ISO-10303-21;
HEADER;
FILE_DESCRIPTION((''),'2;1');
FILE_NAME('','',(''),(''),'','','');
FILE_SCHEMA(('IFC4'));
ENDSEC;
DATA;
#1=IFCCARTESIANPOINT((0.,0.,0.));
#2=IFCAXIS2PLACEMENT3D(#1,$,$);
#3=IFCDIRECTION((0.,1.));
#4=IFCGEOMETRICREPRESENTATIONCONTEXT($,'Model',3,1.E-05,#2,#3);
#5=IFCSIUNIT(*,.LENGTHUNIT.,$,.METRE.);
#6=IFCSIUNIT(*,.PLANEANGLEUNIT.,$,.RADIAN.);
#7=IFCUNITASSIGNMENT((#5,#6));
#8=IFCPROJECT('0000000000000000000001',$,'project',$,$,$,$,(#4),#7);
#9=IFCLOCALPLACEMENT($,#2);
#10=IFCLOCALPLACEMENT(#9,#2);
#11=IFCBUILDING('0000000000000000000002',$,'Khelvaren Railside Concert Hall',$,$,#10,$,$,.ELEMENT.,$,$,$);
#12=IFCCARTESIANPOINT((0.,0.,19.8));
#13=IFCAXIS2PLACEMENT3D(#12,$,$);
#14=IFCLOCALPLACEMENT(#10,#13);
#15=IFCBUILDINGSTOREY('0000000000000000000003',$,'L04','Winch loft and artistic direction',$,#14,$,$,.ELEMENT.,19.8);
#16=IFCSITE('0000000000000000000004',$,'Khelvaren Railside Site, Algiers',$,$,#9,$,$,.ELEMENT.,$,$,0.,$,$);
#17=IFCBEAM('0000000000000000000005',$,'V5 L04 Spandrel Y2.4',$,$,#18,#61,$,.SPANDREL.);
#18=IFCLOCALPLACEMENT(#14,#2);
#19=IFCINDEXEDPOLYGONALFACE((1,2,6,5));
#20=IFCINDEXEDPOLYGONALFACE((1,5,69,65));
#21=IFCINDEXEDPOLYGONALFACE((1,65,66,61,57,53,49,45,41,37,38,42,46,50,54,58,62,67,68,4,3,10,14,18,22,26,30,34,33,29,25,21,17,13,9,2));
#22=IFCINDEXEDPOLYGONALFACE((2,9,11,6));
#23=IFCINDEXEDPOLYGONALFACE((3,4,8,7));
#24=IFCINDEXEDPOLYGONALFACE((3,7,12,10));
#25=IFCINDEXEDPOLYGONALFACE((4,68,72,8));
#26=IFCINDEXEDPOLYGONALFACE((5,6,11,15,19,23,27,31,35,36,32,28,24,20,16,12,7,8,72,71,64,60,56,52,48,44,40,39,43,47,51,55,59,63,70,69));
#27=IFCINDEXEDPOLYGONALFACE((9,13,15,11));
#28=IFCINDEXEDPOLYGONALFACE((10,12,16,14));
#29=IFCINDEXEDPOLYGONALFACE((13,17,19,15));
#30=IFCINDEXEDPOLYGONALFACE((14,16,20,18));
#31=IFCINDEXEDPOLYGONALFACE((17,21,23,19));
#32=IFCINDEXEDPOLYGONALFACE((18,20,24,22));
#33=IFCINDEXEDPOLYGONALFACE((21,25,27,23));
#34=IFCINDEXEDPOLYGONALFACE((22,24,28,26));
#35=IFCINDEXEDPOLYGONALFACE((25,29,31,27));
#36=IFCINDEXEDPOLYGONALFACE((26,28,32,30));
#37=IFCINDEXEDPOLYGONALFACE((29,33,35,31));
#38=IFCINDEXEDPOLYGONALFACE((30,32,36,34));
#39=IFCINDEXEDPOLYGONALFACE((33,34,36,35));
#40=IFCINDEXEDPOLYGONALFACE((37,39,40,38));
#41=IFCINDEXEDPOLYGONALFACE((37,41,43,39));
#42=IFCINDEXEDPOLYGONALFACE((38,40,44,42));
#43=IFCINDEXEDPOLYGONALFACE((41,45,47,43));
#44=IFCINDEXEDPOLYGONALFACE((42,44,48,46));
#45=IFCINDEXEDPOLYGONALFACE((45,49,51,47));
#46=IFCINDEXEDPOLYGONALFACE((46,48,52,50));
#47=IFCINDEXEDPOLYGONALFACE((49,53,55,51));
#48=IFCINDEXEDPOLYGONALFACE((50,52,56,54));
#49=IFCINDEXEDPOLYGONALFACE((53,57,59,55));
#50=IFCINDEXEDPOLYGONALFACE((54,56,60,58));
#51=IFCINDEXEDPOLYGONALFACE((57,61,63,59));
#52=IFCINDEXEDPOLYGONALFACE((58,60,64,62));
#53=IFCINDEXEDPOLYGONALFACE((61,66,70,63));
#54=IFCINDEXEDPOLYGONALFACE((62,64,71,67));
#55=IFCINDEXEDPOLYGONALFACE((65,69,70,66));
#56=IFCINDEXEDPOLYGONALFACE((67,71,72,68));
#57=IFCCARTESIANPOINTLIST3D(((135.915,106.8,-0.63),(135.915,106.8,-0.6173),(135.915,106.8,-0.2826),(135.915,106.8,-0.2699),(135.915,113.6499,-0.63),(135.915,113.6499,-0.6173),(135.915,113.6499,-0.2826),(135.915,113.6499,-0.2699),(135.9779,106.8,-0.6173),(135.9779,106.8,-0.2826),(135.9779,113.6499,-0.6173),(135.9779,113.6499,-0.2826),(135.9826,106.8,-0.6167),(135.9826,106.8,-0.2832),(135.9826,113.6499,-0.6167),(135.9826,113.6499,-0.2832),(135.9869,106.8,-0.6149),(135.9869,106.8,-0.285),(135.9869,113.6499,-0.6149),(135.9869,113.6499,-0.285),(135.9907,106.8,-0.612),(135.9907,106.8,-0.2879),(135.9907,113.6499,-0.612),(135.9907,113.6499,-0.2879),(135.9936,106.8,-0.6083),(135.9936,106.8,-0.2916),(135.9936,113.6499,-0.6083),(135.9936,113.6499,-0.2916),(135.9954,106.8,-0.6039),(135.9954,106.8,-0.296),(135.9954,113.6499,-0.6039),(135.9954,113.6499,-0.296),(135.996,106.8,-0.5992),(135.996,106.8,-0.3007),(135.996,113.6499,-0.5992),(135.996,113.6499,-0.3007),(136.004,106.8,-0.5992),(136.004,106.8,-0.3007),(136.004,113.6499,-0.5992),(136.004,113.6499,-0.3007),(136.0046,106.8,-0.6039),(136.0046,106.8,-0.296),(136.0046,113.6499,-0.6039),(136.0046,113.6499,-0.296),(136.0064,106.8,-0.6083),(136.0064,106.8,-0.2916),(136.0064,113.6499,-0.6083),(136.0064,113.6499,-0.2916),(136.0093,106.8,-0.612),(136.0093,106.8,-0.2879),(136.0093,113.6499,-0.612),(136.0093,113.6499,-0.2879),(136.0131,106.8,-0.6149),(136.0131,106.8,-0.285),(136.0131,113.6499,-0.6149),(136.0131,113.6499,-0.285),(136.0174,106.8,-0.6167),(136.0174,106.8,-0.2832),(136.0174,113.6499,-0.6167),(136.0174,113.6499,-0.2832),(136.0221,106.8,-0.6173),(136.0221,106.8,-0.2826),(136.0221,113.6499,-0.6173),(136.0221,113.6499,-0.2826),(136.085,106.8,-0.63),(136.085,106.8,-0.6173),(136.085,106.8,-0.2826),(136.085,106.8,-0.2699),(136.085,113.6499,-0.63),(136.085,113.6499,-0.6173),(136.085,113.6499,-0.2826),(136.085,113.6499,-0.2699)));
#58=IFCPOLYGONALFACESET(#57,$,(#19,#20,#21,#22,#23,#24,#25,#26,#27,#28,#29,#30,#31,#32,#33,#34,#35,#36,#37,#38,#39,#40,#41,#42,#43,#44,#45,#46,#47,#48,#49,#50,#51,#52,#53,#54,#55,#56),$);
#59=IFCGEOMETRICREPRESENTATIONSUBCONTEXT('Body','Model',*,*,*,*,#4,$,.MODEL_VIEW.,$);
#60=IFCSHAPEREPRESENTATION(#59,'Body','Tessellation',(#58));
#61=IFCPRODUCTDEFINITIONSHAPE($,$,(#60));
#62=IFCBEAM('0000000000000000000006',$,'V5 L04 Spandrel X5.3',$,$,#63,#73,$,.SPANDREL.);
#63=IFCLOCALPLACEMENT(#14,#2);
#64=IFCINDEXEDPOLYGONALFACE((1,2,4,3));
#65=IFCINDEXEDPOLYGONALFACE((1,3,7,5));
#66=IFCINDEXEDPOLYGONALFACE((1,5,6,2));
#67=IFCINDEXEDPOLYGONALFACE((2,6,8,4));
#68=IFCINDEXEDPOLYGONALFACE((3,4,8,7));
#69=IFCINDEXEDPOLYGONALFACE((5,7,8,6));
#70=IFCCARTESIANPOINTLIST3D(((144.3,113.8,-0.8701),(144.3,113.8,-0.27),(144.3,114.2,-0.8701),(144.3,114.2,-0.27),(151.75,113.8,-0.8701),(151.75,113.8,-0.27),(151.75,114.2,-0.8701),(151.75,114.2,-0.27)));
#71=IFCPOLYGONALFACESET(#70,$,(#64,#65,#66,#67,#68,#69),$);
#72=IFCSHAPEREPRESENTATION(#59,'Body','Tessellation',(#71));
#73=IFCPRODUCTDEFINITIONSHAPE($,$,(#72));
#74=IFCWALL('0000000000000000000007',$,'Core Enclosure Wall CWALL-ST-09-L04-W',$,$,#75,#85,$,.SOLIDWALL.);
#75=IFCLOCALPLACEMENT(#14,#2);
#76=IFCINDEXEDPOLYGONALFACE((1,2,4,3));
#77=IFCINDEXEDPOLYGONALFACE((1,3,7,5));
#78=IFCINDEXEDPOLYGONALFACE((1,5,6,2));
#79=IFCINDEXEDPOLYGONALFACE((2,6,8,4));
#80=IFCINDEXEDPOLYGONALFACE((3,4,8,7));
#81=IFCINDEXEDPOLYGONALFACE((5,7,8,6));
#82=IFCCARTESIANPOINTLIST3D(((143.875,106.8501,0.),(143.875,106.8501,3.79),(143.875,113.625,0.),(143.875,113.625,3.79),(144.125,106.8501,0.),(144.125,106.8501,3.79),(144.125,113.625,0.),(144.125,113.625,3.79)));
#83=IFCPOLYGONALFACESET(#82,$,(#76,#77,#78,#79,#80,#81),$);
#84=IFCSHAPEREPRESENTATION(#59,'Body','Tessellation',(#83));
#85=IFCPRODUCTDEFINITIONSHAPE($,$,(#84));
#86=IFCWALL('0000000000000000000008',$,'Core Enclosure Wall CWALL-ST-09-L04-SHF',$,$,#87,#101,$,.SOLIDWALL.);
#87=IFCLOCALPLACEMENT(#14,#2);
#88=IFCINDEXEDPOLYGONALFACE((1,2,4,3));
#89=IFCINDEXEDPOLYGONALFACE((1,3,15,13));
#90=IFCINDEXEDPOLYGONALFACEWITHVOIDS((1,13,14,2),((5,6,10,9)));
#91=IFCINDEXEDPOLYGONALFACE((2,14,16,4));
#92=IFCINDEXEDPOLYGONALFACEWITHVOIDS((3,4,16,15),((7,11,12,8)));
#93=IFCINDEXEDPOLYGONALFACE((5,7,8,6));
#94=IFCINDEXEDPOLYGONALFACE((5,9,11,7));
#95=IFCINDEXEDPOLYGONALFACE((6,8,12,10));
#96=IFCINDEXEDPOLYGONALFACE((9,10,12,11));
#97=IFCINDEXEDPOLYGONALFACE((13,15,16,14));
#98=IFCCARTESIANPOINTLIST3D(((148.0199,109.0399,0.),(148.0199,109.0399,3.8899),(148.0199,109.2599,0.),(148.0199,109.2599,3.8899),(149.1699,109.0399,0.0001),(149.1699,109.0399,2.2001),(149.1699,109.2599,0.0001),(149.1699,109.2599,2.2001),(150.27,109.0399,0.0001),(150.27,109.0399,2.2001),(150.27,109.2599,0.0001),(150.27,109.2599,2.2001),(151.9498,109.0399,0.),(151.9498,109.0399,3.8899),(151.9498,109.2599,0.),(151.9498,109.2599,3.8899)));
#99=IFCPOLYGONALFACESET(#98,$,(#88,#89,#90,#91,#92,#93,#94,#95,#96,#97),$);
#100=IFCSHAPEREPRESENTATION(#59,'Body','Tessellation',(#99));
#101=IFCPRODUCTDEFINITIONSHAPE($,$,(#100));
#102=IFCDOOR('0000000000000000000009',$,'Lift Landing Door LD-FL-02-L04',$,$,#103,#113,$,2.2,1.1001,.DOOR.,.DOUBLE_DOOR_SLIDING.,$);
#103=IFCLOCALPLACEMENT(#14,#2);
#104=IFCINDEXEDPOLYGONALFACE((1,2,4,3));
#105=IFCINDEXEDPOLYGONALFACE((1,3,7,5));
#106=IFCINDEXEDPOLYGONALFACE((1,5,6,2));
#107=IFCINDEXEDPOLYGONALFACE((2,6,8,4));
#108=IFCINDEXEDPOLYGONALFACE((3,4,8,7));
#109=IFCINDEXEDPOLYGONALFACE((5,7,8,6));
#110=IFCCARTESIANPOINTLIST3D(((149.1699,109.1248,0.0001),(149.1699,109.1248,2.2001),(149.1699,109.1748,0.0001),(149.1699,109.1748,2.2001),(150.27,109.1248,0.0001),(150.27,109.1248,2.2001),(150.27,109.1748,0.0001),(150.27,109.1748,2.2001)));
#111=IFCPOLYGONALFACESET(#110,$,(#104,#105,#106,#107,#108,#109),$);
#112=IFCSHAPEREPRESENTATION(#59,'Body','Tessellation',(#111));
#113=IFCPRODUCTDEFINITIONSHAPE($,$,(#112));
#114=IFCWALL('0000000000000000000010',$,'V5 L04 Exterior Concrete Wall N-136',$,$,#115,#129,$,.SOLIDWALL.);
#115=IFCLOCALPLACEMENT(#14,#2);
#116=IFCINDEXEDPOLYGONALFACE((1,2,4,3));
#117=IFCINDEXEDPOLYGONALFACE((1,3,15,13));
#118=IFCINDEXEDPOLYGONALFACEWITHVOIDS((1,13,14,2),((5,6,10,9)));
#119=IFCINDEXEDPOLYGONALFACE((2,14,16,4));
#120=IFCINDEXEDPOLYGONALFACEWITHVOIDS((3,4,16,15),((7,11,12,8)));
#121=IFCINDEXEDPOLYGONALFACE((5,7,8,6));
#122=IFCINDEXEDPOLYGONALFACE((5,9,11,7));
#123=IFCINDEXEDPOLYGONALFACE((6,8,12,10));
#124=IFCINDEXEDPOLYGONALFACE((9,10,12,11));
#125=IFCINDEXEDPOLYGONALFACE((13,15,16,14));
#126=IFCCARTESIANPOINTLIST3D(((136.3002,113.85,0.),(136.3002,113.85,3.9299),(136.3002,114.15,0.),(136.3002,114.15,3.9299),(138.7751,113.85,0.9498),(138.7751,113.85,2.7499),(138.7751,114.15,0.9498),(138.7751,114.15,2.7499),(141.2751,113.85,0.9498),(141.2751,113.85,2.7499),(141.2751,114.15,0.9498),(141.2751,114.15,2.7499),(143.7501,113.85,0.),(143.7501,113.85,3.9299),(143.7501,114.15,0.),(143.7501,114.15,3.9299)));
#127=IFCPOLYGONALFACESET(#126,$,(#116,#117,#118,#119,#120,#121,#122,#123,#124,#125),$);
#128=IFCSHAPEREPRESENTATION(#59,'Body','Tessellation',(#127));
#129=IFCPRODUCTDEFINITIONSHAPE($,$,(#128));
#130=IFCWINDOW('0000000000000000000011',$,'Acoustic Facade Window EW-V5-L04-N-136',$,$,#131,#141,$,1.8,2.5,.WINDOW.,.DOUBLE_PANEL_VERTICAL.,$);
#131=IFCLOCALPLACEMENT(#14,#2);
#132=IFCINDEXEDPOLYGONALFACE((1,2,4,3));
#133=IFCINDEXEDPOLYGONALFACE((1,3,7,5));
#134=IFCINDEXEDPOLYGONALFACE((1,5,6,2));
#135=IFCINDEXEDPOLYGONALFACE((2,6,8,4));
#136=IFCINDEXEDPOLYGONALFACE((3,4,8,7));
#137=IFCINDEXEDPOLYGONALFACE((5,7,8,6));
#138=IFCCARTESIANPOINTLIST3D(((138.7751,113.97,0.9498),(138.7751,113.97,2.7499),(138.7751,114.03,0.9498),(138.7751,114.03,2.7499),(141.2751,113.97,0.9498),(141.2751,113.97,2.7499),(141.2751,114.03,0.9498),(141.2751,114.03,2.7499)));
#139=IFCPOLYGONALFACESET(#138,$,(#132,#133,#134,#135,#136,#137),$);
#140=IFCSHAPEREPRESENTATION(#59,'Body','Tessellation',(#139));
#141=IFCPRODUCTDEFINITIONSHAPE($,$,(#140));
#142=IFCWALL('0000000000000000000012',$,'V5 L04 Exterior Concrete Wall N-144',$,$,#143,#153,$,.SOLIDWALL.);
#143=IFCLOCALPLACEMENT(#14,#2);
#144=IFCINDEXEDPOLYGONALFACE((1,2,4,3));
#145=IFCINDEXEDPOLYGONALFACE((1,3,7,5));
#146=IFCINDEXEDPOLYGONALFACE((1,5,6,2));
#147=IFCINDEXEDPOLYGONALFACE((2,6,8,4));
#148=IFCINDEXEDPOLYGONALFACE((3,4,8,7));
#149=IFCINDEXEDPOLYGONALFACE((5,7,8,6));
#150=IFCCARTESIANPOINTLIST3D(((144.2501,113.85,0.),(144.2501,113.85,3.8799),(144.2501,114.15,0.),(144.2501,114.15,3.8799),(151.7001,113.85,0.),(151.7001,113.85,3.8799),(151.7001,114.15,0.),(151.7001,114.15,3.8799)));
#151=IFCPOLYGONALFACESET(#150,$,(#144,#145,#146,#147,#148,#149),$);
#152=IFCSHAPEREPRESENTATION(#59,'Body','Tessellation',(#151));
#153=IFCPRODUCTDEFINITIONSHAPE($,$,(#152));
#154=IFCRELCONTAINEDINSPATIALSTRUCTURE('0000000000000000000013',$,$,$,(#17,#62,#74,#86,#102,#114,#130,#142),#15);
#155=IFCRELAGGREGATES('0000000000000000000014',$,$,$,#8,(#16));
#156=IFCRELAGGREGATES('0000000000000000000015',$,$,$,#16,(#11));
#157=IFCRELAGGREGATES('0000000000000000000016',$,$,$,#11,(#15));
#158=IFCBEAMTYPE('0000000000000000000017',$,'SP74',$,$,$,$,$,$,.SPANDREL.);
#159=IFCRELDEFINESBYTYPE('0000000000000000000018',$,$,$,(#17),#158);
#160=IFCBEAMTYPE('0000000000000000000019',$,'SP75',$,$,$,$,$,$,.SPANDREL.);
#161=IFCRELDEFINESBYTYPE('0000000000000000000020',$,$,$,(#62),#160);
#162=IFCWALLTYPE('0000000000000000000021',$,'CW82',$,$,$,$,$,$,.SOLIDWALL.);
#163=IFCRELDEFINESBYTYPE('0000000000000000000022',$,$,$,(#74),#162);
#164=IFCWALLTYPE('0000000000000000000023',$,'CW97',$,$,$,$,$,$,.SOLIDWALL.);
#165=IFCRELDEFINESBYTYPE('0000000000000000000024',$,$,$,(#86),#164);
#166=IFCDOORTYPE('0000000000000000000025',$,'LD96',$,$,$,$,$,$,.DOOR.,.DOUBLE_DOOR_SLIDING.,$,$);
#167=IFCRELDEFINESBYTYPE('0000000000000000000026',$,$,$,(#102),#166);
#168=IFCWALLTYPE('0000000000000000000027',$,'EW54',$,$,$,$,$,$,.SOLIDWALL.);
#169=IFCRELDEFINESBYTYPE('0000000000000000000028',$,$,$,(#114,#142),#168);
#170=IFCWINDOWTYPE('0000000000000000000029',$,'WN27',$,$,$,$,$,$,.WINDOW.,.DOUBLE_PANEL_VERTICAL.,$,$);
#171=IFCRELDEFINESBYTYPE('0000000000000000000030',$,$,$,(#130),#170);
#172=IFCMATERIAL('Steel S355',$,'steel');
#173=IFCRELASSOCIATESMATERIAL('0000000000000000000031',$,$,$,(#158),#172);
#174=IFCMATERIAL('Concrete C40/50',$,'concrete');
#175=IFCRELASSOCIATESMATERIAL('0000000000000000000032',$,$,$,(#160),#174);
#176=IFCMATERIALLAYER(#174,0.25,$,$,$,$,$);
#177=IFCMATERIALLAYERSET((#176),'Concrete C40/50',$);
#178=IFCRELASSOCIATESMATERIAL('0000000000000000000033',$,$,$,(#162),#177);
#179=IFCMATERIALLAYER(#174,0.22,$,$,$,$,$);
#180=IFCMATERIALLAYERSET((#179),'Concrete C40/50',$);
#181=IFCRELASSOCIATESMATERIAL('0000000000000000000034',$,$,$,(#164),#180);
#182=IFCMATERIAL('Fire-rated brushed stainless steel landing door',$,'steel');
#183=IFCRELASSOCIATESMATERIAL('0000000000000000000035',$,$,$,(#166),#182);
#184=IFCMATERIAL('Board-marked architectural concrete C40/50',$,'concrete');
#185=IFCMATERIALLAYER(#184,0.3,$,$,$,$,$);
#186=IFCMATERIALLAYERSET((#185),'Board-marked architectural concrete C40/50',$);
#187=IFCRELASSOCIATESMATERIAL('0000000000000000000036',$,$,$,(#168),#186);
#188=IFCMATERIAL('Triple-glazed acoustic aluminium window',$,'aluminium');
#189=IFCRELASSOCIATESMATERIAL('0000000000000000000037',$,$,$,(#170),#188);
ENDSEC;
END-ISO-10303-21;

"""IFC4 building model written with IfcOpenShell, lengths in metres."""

from ifc_helpers import new_model, si_unit, direction, frame, frame_2d, origin, origin_2d, place, context, subcontext, project, spatial, rectangle, i_section, extrude, material, layer, layer_set, material_profile, profile_set, type_object, element, fill, save


model = new_model("IFC4")

# Units and contexts
model_context = context("Model", 3, precision=1e-05, world=origin(), true_north=direction((0.0, 1.0)))
body_context = subcontext(model_context, "Body", "Model", "MODEL_VIEW")
ifc_project = project(units=[si_unit("LENGTHUNIT", "METRE"), si_unit("PLANEANGLEUNIT", "RADIAN")], contexts=[model_context])

# Site, building, storey
site_placement = place(None, origin())
site = spatial("IfcSite", under=ifc_project, at=site_placement, Name="Khelvaren Railside Site, Algiers", CompositionType="ELEMENT", RefElevation=0.0)
building_placement = place(site_placement, origin())
building = spatial("IfcBuilding", under=site, at=building_placement, Name="Khelvaren Railside Concert Hall", CompositionType="ELEMENT")
storey_placement = place(building_placement, frame((0.0, 0.0, 19.8)))
storey = spatial("IfcBuildingStorey", under=building, at=storey_placement, Name="L04", Description="Winch loft and artistic direction", CompositionType="ELEMENT", Elevation=19.8)

# Beams
ifc_material_1 = material(Name="Steel S355", Category="steel")
ifc_material_2 = material(Name="Concrete C40/50", Category="concrete")
ifc_material_profile_1 = material_profile(ifc_material_1, i_section(OverallWidth=0.1699, OverallDepth=0.3601, WebThickness=0.0081, FlangeThickness=0.0127, FilletRadius=0.0181, at=origin_2d()), Name="IPE 360")
ifc_profile_set_1 = profile_set([ifc_material_profile_1], Name="Steel S355")
beam_type_1 = type_object("IfcBeamType", Name="SP74", PredefinedType="SPANDREL", material=ifc_profile_set_1)
beam_1_placement = place(storey_placement, frame((136.0, 106.8, -0.45), z_axis=(0.0, 1.0, 0.0), x_axis=(-1.0, 0.0, 0.0)))
element("IfcBeam", 1, at=beam_1_placement, inside=storey, type_object=beam_type_1, Name="V5 L04 Spandrel Y2.4", PredefinedType="SPANDREL", context=body_context, shape_type="SweptSolid", body=[
    extrude(i_section(OverallWidth=0.1699, OverallDepth=0.3601, WebThickness=0.0081, FlangeThickness=0.0127, FilletRadius=0.0181, at=origin_2d()), origin(), (0.0, 0.0, 1.0), 6.8499),
])
ifc_material_profile_2 = material_profile(ifc_material_2, rectangle(XDim=0.3999, YDim=0.6001, at=origin_2d()), Name="RCB 400x600")
ifc_profile_set_2 = profile_set([ifc_material_profile_2], Name="Concrete C40/50")
beam_type_2 = type_object("IfcBeamType", Name="SP75", PredefinedType="SPANDREL", material=ifc_profile_set_2)
beam_2_placement = place(storey_placement, frame((144.3, 114.0, -0.5701), z_axis=(1.0, 0.0, 0.0), x_axis=(0.0, 1.0, 0.0)))
element("IfcBeam", 2, at=beam_2_placement, inside=storey, type_object=beam_type_2, Name="V5 L04 Spandrel X5.3", PredefinedType="SPANDREL", context=body_context, shape_type="SweptSolid", body=[
    extrude(rectangle(XDim=0.3999, YDim=0.6001, at=origin_2d()), origin(), (0.0, 0.0, 1.0), 7.45),
])

# Wall
ifc_layer_1 = layer(ifc_material_2, 0.25)
ifc_layer_set_1 = layer_set([ifc_layer_1], Name="Concrete C40/50")
wall_type_1 = type_object("IfcWallType", Name="CW82", PredefinedType="SOLIDWALL", material=ifc_layer_set_1)
wall_1_placement = place(storey_placement, frame((144.0, 106.8501, 0.0), z_axis=(0.0, 0.0, 1.0), x_axis=(0.0, 1.0, 0.0)))
element("IfcWall", 3, at=wall_1_placement, inside=storey, type_object=wall_type_1, Name="Core Enclosure Wall CWALL-ST-09-L04-W", PredefinedType="SOLIDWALL", context=body_context, shape_type="SweptSolid", body=[
    extrude(rectangle(XDim=6.7749, YDim=0.25, at=frame_2d((3.3875, 0.0))), origin(), (0.0, 0.0, 1.0), 3.79),
])

# Wall, opening, door
ifc_layer_2 = layer(ifc_material_2, 0.22)
ifc_layer_set_2 = layer_set([ifc_layer_2], Name="Concrete C40/50")
wall_type_2 = type_object("IfcWallType", Name="CW97", PredefinedType="SOLIDWALL", material=ifc_layer_set_2)
wall_2_placement = place(storey_placement, frame((148.02, 109.1499, 0.0), z_axis=(0.0, 0.0, 1.0), x_axis=(1.0, 0.0, 0.0)))
wall_2 = element("IfcWall", 4, at=wall_2_placement, inside=storey, type_object=wall_type_2, Name="Core Enclosure Wall CWALL-ST-09-L04-SHF", PredefinedType="SOLIDWALL", context=body_context, shape_type="SweptSolid", body=[
    extrude(rectangle(XDim=3.9299, YDim=0.22, at=frame_2d((1.9648, 0.0))), origin(), (0.0, 0.0, 1.0), 3.8899),
])
opening_1_placement = place(wall_2_placement, frame((1.1499, 0.0, 0.0)))
opening_1 = element("IfcOpeningElement", 5, at=opening_1_placement, cuts=wall_2, PredefinedType="OPENING", context=body_context, shape_type="SweptSolid", body=[
    extrude(rectangle(XDim=1.1001, YDim=2.2, at=frame_2d((0.55, 1.1001))), frame((0.0, 0.1199, 0.0), z_axis=(0.0, -1.0, 0.0), x_axis=(1.0, 0.0, 0.0)), (0.0, 0.0, 1.0), 0.24),
])
ifc_material_3 = material(Name="Fire-rated brushed stainless steel landing door", Category="steel")
door_type = type_object("IfcDoorType", Name="LD96", OperationType="DOUBLE_DOOR_SLIDING", PredefinedType="DOOR", material=ifc_material_3)
door_placement = place(opening_1_placement, origin())
door = element("IfcDoor", 6, at=door_placement, inside=storey, type_object=door_type, Name="Lift Landing Door LD-FL-02-L04", OperationType="DOUBLE_DOOR_SLIDING", OverallHeight=2.2, OverallWidth=1.1001, PredefinedType="DOOR", context=body_context, shape_type="SweptSolid", body=[
    extrude(rectangle(XDim=1.1001, YDim=2.2, at=frame_2d((0.55, 1.1001))), frame((0.0, 0.0249, 0.0), z_axis=(0.0, -1.0, 0.0), x_axis=(1.0, 0.0, 0.0)), (0.0, 0.0, 1.0), 0.05),
])
fill(opening_1, door)

# Wall, opening, window
ifc_material_4 = material(Name="Board-marked architectural concrete C40/50", Category="concrete")
ifc_layer_3 = layer(ifc_material_4, 0.3)
ifc_layer_set_3 = layer_set([ifc_layer_3], Name="Board-marked architectural concrete C40/50")
wall_type_3 = type_object("IfcWallType", Name="EW54", PredefinedType="SOLIDWALL", material=ifc_layer_set_3)
wall_3_placement = place(storey_placement, frame((136.3, 114.0, 0.0), z_axis=(0.0, 0.0, 1.0), x_axis=(1.0, 0.0, 0.0)))
wall_3 = element("IfcWall", 7, at=wall_3_placement, inside=storey, type_object=wall_type_3, Name="V5 L04 Exterior Concrete Wall N-136", PredefinedType="SOLIDWALL", context=body_context, shape_type="SweptSolid", body=[
    extrude(rectangle(XDim=7.45, YDim=0.3, at=frame_2d((3.7251, 0.0))), origin(), (0.0, 0.0, 1.0), 3.9299),
])
opening_2_placement = place(wall_3_placement, frame((2.4751, 0.0, 0.95)))
opening_2 = element("IfcOpeningElement", 8, at=opening_2_placement, cuts=wall_3, PredefinedType="OPENING", context=body_context, shape_type="SweptSolid", body=[
    extrude(rectangle(XDim=2.5, YDim=1.8, at=frame_2d((1.25, 0.8999))), frame((0.0, 0.1599, 0.0), z_axis=(0.0, -1.0, 0.0), x_axis=(1.0, 0.0, 0.0)), (0.0, 0.0, 1.0), 0.3201),
])
ifc_material_5 = material(Name="Triple-glazed acoustic aluminium window", Category="aluminium")
window_type = type_object("IfcWindowType", Name="WN27", PartitioningType="DOUBLE_PANEL_VERTICAL", PredefinedType="WINDOW", material=ifc_material_5)
window_placement = place(opening_2_placement, origin())
window = element("IfcWindow", 9, at=window_placement, inside=storey, type_object=window_type, Name="Acoustic Facade Window EW-V5-L04-N-136", OverallHeight=1.8, OverallWidth=2.5, PartitioningType="DOUBLE_PANEL_VERTICAL", PredefinedType="WINDOW", context=body_context, shape_type="SweptSolid", body=[
    extrude(rectangle(XDim=2.5, YDim=1.8, at=frame_2d((1.25, 0.8999))), frame((0.0, 0.03, 0.0), z_axis=(0.0, -1.0, 0.0), x_axis=(1.0, 0.0, 0.0)), (0.0, 0.0, 1.0), 0.0601),
])
fill(opening_2, window)

# Wall
wall_4_placement = place(storey_placement, frame((144.25, 114.0, 0.0), z_axis=(0.0, 0.0, 1.0), x_axis=(1.0, 0.0, 0.0)))
element("IfcWall", 10, at=wall_4_placement, inside=storey, type_object=wall_type_3, Name="V5 L04 Exterior Concrete Wall N-144", PredefinedType="SOLIDWALL", context=body_context, shape_type="SweptSolid", body=[
    extrude(rectangle(XDim=7.45, YDim=0.3, at=frame_2d((3.7251, 0.0))), origin(), (0.0, 0.0, 1.0), 3.8799),
])

save(model, "model.ifc")
